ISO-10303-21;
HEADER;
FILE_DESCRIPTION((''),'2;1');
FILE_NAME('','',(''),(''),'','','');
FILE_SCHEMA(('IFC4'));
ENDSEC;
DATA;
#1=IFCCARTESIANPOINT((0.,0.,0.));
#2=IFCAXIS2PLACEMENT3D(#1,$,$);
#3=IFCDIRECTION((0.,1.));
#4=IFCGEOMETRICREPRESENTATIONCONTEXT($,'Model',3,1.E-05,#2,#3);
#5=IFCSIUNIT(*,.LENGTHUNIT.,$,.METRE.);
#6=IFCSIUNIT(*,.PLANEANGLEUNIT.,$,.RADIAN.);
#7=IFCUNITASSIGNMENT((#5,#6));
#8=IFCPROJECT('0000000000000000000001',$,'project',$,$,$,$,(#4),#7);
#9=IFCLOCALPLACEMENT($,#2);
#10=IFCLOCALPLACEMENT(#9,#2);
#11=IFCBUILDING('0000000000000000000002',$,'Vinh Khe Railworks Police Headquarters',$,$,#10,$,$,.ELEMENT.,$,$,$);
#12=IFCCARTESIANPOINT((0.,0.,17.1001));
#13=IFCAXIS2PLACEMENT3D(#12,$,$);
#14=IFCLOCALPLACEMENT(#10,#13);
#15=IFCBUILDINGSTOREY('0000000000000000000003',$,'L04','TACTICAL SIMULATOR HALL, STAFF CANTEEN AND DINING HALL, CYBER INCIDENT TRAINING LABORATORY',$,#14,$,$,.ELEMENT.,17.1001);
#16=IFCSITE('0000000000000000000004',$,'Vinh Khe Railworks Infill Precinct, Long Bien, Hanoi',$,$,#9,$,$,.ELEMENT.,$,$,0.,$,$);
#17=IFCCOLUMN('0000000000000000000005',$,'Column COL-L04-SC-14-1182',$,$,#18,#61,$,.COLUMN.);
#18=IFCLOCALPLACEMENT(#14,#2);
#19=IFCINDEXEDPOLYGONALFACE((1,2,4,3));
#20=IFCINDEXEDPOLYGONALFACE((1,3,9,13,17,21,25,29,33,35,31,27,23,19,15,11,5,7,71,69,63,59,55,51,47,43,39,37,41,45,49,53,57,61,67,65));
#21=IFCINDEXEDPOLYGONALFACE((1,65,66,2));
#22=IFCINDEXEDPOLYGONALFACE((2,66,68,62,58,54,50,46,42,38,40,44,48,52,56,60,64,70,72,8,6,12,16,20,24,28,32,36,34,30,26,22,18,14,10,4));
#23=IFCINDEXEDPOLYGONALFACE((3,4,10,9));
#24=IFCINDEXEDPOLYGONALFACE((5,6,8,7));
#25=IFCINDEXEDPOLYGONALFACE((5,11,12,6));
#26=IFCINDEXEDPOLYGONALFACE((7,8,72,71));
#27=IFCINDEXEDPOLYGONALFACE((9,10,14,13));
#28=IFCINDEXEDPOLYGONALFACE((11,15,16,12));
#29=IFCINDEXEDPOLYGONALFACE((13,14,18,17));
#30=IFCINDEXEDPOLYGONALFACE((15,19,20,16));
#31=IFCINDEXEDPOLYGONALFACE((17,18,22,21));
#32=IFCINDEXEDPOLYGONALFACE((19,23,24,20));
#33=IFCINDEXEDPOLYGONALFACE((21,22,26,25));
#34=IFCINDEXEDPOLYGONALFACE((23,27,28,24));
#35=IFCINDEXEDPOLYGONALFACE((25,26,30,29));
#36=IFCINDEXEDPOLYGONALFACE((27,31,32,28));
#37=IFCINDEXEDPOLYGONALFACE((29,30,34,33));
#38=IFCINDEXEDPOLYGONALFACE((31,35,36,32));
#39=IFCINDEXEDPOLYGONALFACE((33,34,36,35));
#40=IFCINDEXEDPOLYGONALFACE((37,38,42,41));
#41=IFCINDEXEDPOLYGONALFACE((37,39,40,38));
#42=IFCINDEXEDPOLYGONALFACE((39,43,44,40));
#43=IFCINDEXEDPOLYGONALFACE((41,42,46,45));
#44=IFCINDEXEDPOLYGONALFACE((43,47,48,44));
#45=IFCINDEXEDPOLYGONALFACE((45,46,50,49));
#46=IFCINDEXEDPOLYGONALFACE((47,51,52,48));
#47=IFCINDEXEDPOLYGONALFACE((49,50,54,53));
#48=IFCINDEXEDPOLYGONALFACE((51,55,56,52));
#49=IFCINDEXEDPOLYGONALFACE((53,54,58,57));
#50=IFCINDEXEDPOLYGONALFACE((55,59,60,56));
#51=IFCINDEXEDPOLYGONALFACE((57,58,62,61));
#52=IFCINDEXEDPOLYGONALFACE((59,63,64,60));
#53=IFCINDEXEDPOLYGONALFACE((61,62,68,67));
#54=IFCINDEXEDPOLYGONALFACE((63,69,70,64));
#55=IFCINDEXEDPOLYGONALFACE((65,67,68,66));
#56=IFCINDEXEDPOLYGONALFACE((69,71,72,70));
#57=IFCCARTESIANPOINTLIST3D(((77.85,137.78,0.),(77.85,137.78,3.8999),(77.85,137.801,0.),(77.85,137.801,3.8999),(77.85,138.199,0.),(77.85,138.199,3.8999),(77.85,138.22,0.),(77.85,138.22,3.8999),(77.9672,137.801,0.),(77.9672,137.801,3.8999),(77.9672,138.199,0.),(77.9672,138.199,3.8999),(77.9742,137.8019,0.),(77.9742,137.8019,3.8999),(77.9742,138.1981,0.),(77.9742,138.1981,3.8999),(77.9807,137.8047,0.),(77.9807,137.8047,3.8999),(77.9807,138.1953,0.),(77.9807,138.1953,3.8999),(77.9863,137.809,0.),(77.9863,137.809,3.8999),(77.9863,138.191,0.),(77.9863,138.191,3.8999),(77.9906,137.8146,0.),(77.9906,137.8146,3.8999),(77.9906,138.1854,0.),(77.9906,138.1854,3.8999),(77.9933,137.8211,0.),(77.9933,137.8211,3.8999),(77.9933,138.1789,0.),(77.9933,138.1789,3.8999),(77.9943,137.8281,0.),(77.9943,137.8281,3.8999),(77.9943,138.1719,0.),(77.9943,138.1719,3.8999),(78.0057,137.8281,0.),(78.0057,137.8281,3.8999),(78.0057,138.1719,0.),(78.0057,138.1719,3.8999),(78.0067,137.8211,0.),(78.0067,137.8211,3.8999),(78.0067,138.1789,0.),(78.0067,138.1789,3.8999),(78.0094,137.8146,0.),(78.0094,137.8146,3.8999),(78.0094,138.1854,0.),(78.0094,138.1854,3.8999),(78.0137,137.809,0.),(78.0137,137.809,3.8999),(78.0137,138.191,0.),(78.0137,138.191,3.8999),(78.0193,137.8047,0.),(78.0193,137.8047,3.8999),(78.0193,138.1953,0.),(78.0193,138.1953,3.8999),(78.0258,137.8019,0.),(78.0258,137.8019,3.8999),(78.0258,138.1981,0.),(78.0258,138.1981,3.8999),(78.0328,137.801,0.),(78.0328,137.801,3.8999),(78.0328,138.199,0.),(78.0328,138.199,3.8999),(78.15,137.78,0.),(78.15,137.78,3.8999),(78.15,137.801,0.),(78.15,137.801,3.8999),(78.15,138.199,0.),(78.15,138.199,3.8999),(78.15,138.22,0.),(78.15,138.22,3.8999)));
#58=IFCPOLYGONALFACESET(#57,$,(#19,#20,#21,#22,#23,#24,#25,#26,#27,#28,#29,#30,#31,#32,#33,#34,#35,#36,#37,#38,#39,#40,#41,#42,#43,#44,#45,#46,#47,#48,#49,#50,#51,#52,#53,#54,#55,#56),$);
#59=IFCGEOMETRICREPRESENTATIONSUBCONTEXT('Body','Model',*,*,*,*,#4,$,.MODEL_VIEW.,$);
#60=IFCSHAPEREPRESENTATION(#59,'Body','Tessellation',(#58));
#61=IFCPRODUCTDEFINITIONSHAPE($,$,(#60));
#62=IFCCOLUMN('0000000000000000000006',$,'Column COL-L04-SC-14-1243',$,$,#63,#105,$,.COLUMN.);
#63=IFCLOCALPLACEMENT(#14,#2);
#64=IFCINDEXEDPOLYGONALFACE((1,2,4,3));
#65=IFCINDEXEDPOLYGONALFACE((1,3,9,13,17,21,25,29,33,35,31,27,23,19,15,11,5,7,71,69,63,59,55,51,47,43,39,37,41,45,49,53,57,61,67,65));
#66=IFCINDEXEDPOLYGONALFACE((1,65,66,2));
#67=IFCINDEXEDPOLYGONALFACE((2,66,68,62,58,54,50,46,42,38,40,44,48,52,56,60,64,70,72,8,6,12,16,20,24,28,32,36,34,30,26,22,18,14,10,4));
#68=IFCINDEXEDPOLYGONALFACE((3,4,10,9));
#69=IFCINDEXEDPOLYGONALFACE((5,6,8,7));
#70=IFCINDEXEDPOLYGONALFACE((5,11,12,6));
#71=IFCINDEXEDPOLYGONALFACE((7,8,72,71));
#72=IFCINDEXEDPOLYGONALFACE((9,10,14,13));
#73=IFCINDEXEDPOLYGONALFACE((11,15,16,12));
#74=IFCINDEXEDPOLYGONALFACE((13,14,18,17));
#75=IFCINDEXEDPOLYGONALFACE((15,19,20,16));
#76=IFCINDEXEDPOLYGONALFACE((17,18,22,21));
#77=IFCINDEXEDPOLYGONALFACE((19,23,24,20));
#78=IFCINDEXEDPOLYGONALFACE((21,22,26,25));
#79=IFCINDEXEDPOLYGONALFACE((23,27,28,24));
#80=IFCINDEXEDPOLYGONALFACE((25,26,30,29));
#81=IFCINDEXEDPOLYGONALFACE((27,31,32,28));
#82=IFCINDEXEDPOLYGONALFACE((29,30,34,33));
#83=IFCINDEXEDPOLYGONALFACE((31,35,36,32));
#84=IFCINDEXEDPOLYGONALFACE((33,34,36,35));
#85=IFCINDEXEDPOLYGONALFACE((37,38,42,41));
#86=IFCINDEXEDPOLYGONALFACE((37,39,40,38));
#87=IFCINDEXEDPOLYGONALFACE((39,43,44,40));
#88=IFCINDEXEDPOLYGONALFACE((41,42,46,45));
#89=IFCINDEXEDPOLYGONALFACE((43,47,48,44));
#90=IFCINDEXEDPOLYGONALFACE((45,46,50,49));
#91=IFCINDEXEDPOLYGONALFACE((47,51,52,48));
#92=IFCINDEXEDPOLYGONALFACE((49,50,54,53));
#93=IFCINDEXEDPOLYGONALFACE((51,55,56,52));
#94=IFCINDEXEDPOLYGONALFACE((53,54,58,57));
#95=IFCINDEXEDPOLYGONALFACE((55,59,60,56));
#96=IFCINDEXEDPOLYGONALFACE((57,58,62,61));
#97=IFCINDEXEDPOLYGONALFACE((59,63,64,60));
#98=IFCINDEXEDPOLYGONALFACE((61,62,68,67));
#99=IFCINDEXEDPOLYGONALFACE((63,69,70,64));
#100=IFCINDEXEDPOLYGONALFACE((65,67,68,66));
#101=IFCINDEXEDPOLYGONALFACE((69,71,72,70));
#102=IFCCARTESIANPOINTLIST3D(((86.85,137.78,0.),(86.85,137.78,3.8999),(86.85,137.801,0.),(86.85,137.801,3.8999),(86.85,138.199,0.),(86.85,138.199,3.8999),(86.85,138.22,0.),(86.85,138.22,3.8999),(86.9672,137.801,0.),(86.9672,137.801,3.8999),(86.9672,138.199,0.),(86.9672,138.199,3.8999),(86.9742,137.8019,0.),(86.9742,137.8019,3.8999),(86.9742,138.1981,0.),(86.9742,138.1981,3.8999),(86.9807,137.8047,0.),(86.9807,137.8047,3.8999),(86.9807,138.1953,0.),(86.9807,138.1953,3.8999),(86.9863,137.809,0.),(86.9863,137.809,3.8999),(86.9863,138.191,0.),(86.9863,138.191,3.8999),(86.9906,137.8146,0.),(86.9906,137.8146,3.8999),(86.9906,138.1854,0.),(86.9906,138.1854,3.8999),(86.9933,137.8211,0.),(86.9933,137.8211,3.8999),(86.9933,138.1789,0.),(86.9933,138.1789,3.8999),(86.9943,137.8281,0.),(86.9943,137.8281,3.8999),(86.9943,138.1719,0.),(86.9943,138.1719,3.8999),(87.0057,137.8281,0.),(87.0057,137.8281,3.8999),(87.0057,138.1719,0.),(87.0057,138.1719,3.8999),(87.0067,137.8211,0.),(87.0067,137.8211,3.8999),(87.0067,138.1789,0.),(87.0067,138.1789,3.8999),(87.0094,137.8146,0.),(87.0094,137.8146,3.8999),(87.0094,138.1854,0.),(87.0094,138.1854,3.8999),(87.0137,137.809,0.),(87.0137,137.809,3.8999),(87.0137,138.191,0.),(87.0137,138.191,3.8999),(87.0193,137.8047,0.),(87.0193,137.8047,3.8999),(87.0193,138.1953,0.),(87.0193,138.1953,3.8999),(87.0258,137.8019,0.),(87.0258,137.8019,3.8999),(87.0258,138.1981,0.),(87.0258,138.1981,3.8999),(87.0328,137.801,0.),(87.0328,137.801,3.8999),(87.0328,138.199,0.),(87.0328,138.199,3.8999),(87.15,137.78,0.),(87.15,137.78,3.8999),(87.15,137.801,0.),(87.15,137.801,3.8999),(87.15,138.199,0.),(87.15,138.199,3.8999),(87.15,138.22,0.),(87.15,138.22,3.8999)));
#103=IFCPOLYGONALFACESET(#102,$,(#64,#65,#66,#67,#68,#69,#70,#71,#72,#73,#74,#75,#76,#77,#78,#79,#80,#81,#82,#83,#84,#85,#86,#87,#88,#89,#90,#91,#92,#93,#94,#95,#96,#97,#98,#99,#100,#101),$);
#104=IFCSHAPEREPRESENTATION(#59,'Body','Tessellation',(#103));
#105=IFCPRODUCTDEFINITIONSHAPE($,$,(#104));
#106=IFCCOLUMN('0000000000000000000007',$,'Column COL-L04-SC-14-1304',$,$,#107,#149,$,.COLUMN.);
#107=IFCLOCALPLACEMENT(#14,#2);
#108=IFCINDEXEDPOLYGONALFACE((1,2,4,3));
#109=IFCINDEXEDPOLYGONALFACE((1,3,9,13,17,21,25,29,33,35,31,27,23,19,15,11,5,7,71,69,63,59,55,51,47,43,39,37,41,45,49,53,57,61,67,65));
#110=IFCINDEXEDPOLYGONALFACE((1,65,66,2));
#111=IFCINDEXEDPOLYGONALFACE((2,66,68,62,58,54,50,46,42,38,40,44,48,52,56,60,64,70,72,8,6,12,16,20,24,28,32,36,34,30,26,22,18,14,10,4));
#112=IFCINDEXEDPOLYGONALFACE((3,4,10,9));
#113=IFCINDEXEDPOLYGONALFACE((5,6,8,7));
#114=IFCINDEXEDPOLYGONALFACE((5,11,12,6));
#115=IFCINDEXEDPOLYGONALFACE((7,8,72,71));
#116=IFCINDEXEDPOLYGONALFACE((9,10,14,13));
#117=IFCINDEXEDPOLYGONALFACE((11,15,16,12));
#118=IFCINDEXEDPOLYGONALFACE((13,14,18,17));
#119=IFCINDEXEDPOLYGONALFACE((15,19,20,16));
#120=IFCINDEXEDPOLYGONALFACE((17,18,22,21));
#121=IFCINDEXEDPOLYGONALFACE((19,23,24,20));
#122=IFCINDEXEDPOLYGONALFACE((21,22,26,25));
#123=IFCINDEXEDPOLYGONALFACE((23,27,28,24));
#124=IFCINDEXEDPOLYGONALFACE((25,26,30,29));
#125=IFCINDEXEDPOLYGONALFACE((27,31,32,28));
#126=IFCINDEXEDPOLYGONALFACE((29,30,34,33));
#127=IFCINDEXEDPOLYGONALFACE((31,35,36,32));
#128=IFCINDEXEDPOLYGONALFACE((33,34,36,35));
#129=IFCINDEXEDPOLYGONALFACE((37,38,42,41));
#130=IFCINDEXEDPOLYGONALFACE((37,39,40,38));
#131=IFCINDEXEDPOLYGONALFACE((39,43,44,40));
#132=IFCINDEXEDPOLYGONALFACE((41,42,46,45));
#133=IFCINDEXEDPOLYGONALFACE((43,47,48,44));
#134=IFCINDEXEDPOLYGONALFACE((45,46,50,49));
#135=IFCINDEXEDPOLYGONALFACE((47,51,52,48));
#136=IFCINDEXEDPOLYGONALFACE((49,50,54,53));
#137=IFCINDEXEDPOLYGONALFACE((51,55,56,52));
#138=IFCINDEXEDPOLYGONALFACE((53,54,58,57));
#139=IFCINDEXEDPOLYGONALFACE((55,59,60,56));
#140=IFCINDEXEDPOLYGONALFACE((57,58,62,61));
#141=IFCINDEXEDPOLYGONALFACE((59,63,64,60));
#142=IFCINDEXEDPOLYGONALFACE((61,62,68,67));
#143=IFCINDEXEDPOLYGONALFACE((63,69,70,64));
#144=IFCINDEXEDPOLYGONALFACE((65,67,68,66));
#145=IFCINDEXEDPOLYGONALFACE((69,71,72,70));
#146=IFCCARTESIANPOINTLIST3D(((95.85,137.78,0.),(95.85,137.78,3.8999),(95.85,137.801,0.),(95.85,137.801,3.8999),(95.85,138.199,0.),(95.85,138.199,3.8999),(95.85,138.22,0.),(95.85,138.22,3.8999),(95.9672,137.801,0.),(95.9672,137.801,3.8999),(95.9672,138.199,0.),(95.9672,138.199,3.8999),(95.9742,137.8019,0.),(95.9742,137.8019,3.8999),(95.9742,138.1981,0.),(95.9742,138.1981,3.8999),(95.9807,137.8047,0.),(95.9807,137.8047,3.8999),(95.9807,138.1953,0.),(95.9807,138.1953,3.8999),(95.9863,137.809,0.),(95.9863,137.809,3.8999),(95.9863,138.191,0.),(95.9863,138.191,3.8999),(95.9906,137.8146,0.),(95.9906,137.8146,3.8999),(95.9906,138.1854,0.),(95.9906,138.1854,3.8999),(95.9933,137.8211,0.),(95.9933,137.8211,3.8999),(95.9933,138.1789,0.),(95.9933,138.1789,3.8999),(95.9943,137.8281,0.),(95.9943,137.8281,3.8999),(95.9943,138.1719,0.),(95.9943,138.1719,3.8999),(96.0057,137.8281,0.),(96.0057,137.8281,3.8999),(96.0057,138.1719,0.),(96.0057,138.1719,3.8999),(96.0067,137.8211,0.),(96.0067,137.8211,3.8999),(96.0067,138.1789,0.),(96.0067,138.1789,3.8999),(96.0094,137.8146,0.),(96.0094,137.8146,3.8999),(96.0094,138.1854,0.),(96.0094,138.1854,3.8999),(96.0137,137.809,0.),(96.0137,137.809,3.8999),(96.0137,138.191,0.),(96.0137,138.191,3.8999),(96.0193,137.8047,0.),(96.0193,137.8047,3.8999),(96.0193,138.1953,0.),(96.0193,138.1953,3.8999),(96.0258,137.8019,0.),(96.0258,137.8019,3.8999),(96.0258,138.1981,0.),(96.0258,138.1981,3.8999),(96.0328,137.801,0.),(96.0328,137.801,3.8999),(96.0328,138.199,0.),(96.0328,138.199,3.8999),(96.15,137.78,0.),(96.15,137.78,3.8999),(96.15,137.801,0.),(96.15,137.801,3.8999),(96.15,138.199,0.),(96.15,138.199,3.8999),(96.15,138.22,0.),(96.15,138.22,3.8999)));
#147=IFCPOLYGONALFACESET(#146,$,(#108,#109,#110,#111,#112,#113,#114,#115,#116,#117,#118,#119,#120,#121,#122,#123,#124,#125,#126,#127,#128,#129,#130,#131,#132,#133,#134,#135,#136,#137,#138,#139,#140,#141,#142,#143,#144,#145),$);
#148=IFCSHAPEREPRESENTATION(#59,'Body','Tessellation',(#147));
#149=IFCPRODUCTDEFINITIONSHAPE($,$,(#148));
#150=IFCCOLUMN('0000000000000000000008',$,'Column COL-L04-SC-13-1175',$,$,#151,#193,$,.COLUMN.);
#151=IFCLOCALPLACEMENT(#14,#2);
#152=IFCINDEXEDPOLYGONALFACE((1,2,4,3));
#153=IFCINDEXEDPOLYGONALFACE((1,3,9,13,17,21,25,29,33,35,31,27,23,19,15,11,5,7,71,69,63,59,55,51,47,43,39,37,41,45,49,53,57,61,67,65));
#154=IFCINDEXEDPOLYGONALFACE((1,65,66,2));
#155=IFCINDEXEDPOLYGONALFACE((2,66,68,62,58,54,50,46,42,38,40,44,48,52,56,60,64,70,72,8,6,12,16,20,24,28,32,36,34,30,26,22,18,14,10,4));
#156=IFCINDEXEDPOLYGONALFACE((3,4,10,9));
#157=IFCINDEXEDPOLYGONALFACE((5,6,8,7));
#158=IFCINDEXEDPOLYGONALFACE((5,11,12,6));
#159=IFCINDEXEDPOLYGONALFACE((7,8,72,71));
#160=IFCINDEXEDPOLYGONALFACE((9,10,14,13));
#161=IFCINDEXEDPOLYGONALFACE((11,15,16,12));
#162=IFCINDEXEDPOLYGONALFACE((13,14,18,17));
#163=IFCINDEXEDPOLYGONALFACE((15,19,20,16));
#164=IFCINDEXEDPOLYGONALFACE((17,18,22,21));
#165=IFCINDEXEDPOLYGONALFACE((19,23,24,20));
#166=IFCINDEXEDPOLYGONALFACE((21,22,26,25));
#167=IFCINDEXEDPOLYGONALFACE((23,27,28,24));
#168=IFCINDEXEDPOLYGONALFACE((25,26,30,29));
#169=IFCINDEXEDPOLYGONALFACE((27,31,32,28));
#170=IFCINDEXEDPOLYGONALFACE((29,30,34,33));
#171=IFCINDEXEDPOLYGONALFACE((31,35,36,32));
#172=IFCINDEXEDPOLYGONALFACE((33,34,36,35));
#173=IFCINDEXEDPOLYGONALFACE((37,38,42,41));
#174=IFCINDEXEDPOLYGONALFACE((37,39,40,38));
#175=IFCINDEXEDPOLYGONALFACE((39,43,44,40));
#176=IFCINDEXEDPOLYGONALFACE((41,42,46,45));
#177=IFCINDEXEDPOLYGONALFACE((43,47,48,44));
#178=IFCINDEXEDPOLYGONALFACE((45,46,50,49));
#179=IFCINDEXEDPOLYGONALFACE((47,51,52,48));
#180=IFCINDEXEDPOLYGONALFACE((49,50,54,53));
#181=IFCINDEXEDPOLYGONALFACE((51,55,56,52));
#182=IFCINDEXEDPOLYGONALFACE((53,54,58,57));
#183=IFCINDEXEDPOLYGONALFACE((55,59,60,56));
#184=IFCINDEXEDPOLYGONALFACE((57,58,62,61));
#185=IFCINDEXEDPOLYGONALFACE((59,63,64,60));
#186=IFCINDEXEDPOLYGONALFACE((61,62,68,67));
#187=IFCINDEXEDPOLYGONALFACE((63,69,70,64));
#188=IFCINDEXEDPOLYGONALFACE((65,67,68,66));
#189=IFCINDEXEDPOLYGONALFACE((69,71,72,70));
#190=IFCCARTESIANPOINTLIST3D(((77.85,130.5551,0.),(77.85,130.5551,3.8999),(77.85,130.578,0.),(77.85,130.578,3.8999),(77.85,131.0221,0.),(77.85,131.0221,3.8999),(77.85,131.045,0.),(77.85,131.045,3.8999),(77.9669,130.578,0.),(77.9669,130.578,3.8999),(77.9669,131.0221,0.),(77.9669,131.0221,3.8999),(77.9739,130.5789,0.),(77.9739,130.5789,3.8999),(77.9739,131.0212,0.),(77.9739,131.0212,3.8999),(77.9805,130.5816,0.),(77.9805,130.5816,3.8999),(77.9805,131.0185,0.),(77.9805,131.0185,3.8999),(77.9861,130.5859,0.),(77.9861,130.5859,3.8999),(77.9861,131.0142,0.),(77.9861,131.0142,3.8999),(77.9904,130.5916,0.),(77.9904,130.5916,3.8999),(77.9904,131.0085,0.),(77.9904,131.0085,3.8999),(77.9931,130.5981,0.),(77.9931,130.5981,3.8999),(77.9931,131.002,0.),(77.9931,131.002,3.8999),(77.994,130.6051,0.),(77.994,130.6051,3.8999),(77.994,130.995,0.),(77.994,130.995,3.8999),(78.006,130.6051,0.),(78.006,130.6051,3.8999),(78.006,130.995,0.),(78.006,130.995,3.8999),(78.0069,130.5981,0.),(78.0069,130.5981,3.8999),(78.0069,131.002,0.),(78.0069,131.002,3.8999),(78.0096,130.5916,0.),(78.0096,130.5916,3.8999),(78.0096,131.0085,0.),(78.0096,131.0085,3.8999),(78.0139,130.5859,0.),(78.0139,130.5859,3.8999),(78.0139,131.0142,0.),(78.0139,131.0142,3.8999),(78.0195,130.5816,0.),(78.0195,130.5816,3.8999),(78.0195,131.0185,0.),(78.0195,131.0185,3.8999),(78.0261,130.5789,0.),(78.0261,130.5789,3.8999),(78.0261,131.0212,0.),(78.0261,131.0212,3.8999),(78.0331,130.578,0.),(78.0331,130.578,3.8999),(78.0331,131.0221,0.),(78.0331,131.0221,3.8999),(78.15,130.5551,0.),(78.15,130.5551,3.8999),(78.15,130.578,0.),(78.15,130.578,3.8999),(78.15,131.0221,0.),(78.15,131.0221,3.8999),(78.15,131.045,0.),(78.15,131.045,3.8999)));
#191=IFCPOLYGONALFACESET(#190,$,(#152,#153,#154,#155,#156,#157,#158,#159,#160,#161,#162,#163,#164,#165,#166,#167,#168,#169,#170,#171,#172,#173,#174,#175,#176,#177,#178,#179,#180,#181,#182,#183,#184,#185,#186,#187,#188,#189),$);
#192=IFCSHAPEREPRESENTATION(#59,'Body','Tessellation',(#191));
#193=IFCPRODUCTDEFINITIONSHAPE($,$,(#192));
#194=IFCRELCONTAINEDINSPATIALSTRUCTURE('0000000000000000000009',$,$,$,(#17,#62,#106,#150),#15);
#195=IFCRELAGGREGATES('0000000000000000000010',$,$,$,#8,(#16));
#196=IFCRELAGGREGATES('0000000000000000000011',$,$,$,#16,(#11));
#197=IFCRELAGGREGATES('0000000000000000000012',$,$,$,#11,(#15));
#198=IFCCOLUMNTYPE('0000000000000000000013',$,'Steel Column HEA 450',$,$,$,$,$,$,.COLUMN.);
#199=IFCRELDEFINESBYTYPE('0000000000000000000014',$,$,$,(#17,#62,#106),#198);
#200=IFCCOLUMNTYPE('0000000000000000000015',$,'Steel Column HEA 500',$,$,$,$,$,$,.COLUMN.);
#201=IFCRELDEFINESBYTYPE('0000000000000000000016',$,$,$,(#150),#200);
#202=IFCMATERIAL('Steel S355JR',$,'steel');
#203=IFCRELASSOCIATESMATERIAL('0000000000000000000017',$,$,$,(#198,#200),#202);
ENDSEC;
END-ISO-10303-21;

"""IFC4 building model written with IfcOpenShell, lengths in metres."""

from ifc_helpers import new_model, si_unit, direction, frame, origin, origin_2d, place, context, subcontext, project, spatial, i_section, extrude, material, material_profile, profile_set, type_object, element, save


model = new_model("IFC4")

# Units and contexts
model_context = context("Model", 3, precision=1e-05, world=origin(), true_north=direction((0.0, 1.0)))
body_context = subcontext(model_context, "Body", "Model", "MODEL_VIEW")
ifc_project = project(units=[si_unit("LENGTHUNIT", "METRE"), si_unit("PLANEANGLEUNIT", "RADIAN")], contexts=[model_context])

# Site, building, storey
site_placement = place(None, origin())
site = spatial("IfcSite", under=ifc_project, at=site_placement, Name="Vinh Khe Railworks Infill Precinct, Long Bien, Hanoi", CompositionType="ELEMENT", RefElevation=0.0)
building_placement = place(site_placement, origin())
building = spatial("IfcBuilding", under=site, at=building_placement, Name="Vinh Khe Railworks Police Headquarters", CompositionType="ELEMENT")
storey_placement = place(building_placement, frame((0.0, 0.0, 17.1001)))
storey = spatial("IfcBuildingStorey", under=building, at=storey_placement, Name="L04", Description="TACTICAL SIMULATOR HALL, STAFF CANTEEN AND DINING HALL, CYBER INCIDENT TRAINING LABORATORY", CompositionType="ELEMENT", Elevation=17.1001)

# Columns
ifc_material_1 = material(Name="Steel S355JR", Category="steel")
ifc_material_profile_1 = material_profile(ifc_material_1, i_section(OverallWidth=0.3, OverallDepth=0.4399, WebThickness=0.0115, FlangeThickness=0.021, FilletRadius=0.0271, at=origin_2d()), Name="HEA 450")
ifc_profile_set_1 = profile_set([ifc_material_profile_1], Name="Steel S355JR")
column_type_1 = type_object("IfcColumnType", Name="Steel Column HEA 450", PredefinedType="COLUMN", material=ifc_profile_set_1)
for number, where, z_axis, x_axis, name in (
    (1, (78.0, 138.0, 0.0), (0.0, 0.0, 1.0), (1.0, 0.0, 0.0), "Column COL-L04-SC-14-1182"),
    (2, (87.0, 138.0, 0.0), (0.0, 0.0, 1.0), (1.0, 0.0, 0.0), "Column COL-L04-SC-14-1243"),
    (3, (96.0, 138.0, 0.0), (0.0, 0.0, 1.0), (1.0, 0.0, 0.0), "Column COL-L04-SC-14-1304"),
):
    element("IfcColumn", number, at=place(storey_placement, frame(where, z_axis=z_axis, x_axis=x_axis)), inside=storey, type_object=column_type_1, Name=name, PredefinedType="COLUMN", context=body_context, shape_type="SweptSolid", body=[
        extrude(i_section(OverallWidth=0.3, OverallDepth=0.4399, WebThickness=0.0115, FlangeThickness=0.021, FilletRadius=0.0271, at=origin_2d()), origin(), (0.0, 0.0, 1.0), 3.8999),
    ])
ifc_material_profile_2 = material_profile(ifc_material_1, i_section(OverallWidth=0.3, OverallDepth=0.49, WebThickness=0.012, FlangeThickness=0.0229, FilletRadius=0.0271, at=origin_2d()), Name="HEA 500")
ifc_profile_set_2 = profile_set([ifc_material_profile_2], Name="Steel S355JR")
column_type_2 = type_object("IfcColumnType", Name="Steel Column HEA 500", PredefinedType="COLUMN", material=ifc_profile_set_2)
for number, where, z_axis, x_axis, name in (
    (4, (78.0, 130.8, 0.0), (0.0, 0.0, 1.0), (1.0, 0.0, 0.0), "Column COL-L04-SC-13-1175"),
):
    element("IfcColumn", number, at=place(storey_placement, frame(where, z_axis=z_axis, x_axis=x_axis)), inside=storey, type_object=column_type_2, Name=name, PredefinedType="COLUMN", context=body_context, shape_type="SweptSolid", body=[
        extrude(i_section(OverallWidth=0.3, OverallDepth=0.49, WebThickness=0.012, FlangeThickness=0.0229, FilletRadius=0.0271, at=origin_2d()), origin(), (0.0, 0.0, 1.0), 3.8999),
    ])

save(model, "model.ifc")
